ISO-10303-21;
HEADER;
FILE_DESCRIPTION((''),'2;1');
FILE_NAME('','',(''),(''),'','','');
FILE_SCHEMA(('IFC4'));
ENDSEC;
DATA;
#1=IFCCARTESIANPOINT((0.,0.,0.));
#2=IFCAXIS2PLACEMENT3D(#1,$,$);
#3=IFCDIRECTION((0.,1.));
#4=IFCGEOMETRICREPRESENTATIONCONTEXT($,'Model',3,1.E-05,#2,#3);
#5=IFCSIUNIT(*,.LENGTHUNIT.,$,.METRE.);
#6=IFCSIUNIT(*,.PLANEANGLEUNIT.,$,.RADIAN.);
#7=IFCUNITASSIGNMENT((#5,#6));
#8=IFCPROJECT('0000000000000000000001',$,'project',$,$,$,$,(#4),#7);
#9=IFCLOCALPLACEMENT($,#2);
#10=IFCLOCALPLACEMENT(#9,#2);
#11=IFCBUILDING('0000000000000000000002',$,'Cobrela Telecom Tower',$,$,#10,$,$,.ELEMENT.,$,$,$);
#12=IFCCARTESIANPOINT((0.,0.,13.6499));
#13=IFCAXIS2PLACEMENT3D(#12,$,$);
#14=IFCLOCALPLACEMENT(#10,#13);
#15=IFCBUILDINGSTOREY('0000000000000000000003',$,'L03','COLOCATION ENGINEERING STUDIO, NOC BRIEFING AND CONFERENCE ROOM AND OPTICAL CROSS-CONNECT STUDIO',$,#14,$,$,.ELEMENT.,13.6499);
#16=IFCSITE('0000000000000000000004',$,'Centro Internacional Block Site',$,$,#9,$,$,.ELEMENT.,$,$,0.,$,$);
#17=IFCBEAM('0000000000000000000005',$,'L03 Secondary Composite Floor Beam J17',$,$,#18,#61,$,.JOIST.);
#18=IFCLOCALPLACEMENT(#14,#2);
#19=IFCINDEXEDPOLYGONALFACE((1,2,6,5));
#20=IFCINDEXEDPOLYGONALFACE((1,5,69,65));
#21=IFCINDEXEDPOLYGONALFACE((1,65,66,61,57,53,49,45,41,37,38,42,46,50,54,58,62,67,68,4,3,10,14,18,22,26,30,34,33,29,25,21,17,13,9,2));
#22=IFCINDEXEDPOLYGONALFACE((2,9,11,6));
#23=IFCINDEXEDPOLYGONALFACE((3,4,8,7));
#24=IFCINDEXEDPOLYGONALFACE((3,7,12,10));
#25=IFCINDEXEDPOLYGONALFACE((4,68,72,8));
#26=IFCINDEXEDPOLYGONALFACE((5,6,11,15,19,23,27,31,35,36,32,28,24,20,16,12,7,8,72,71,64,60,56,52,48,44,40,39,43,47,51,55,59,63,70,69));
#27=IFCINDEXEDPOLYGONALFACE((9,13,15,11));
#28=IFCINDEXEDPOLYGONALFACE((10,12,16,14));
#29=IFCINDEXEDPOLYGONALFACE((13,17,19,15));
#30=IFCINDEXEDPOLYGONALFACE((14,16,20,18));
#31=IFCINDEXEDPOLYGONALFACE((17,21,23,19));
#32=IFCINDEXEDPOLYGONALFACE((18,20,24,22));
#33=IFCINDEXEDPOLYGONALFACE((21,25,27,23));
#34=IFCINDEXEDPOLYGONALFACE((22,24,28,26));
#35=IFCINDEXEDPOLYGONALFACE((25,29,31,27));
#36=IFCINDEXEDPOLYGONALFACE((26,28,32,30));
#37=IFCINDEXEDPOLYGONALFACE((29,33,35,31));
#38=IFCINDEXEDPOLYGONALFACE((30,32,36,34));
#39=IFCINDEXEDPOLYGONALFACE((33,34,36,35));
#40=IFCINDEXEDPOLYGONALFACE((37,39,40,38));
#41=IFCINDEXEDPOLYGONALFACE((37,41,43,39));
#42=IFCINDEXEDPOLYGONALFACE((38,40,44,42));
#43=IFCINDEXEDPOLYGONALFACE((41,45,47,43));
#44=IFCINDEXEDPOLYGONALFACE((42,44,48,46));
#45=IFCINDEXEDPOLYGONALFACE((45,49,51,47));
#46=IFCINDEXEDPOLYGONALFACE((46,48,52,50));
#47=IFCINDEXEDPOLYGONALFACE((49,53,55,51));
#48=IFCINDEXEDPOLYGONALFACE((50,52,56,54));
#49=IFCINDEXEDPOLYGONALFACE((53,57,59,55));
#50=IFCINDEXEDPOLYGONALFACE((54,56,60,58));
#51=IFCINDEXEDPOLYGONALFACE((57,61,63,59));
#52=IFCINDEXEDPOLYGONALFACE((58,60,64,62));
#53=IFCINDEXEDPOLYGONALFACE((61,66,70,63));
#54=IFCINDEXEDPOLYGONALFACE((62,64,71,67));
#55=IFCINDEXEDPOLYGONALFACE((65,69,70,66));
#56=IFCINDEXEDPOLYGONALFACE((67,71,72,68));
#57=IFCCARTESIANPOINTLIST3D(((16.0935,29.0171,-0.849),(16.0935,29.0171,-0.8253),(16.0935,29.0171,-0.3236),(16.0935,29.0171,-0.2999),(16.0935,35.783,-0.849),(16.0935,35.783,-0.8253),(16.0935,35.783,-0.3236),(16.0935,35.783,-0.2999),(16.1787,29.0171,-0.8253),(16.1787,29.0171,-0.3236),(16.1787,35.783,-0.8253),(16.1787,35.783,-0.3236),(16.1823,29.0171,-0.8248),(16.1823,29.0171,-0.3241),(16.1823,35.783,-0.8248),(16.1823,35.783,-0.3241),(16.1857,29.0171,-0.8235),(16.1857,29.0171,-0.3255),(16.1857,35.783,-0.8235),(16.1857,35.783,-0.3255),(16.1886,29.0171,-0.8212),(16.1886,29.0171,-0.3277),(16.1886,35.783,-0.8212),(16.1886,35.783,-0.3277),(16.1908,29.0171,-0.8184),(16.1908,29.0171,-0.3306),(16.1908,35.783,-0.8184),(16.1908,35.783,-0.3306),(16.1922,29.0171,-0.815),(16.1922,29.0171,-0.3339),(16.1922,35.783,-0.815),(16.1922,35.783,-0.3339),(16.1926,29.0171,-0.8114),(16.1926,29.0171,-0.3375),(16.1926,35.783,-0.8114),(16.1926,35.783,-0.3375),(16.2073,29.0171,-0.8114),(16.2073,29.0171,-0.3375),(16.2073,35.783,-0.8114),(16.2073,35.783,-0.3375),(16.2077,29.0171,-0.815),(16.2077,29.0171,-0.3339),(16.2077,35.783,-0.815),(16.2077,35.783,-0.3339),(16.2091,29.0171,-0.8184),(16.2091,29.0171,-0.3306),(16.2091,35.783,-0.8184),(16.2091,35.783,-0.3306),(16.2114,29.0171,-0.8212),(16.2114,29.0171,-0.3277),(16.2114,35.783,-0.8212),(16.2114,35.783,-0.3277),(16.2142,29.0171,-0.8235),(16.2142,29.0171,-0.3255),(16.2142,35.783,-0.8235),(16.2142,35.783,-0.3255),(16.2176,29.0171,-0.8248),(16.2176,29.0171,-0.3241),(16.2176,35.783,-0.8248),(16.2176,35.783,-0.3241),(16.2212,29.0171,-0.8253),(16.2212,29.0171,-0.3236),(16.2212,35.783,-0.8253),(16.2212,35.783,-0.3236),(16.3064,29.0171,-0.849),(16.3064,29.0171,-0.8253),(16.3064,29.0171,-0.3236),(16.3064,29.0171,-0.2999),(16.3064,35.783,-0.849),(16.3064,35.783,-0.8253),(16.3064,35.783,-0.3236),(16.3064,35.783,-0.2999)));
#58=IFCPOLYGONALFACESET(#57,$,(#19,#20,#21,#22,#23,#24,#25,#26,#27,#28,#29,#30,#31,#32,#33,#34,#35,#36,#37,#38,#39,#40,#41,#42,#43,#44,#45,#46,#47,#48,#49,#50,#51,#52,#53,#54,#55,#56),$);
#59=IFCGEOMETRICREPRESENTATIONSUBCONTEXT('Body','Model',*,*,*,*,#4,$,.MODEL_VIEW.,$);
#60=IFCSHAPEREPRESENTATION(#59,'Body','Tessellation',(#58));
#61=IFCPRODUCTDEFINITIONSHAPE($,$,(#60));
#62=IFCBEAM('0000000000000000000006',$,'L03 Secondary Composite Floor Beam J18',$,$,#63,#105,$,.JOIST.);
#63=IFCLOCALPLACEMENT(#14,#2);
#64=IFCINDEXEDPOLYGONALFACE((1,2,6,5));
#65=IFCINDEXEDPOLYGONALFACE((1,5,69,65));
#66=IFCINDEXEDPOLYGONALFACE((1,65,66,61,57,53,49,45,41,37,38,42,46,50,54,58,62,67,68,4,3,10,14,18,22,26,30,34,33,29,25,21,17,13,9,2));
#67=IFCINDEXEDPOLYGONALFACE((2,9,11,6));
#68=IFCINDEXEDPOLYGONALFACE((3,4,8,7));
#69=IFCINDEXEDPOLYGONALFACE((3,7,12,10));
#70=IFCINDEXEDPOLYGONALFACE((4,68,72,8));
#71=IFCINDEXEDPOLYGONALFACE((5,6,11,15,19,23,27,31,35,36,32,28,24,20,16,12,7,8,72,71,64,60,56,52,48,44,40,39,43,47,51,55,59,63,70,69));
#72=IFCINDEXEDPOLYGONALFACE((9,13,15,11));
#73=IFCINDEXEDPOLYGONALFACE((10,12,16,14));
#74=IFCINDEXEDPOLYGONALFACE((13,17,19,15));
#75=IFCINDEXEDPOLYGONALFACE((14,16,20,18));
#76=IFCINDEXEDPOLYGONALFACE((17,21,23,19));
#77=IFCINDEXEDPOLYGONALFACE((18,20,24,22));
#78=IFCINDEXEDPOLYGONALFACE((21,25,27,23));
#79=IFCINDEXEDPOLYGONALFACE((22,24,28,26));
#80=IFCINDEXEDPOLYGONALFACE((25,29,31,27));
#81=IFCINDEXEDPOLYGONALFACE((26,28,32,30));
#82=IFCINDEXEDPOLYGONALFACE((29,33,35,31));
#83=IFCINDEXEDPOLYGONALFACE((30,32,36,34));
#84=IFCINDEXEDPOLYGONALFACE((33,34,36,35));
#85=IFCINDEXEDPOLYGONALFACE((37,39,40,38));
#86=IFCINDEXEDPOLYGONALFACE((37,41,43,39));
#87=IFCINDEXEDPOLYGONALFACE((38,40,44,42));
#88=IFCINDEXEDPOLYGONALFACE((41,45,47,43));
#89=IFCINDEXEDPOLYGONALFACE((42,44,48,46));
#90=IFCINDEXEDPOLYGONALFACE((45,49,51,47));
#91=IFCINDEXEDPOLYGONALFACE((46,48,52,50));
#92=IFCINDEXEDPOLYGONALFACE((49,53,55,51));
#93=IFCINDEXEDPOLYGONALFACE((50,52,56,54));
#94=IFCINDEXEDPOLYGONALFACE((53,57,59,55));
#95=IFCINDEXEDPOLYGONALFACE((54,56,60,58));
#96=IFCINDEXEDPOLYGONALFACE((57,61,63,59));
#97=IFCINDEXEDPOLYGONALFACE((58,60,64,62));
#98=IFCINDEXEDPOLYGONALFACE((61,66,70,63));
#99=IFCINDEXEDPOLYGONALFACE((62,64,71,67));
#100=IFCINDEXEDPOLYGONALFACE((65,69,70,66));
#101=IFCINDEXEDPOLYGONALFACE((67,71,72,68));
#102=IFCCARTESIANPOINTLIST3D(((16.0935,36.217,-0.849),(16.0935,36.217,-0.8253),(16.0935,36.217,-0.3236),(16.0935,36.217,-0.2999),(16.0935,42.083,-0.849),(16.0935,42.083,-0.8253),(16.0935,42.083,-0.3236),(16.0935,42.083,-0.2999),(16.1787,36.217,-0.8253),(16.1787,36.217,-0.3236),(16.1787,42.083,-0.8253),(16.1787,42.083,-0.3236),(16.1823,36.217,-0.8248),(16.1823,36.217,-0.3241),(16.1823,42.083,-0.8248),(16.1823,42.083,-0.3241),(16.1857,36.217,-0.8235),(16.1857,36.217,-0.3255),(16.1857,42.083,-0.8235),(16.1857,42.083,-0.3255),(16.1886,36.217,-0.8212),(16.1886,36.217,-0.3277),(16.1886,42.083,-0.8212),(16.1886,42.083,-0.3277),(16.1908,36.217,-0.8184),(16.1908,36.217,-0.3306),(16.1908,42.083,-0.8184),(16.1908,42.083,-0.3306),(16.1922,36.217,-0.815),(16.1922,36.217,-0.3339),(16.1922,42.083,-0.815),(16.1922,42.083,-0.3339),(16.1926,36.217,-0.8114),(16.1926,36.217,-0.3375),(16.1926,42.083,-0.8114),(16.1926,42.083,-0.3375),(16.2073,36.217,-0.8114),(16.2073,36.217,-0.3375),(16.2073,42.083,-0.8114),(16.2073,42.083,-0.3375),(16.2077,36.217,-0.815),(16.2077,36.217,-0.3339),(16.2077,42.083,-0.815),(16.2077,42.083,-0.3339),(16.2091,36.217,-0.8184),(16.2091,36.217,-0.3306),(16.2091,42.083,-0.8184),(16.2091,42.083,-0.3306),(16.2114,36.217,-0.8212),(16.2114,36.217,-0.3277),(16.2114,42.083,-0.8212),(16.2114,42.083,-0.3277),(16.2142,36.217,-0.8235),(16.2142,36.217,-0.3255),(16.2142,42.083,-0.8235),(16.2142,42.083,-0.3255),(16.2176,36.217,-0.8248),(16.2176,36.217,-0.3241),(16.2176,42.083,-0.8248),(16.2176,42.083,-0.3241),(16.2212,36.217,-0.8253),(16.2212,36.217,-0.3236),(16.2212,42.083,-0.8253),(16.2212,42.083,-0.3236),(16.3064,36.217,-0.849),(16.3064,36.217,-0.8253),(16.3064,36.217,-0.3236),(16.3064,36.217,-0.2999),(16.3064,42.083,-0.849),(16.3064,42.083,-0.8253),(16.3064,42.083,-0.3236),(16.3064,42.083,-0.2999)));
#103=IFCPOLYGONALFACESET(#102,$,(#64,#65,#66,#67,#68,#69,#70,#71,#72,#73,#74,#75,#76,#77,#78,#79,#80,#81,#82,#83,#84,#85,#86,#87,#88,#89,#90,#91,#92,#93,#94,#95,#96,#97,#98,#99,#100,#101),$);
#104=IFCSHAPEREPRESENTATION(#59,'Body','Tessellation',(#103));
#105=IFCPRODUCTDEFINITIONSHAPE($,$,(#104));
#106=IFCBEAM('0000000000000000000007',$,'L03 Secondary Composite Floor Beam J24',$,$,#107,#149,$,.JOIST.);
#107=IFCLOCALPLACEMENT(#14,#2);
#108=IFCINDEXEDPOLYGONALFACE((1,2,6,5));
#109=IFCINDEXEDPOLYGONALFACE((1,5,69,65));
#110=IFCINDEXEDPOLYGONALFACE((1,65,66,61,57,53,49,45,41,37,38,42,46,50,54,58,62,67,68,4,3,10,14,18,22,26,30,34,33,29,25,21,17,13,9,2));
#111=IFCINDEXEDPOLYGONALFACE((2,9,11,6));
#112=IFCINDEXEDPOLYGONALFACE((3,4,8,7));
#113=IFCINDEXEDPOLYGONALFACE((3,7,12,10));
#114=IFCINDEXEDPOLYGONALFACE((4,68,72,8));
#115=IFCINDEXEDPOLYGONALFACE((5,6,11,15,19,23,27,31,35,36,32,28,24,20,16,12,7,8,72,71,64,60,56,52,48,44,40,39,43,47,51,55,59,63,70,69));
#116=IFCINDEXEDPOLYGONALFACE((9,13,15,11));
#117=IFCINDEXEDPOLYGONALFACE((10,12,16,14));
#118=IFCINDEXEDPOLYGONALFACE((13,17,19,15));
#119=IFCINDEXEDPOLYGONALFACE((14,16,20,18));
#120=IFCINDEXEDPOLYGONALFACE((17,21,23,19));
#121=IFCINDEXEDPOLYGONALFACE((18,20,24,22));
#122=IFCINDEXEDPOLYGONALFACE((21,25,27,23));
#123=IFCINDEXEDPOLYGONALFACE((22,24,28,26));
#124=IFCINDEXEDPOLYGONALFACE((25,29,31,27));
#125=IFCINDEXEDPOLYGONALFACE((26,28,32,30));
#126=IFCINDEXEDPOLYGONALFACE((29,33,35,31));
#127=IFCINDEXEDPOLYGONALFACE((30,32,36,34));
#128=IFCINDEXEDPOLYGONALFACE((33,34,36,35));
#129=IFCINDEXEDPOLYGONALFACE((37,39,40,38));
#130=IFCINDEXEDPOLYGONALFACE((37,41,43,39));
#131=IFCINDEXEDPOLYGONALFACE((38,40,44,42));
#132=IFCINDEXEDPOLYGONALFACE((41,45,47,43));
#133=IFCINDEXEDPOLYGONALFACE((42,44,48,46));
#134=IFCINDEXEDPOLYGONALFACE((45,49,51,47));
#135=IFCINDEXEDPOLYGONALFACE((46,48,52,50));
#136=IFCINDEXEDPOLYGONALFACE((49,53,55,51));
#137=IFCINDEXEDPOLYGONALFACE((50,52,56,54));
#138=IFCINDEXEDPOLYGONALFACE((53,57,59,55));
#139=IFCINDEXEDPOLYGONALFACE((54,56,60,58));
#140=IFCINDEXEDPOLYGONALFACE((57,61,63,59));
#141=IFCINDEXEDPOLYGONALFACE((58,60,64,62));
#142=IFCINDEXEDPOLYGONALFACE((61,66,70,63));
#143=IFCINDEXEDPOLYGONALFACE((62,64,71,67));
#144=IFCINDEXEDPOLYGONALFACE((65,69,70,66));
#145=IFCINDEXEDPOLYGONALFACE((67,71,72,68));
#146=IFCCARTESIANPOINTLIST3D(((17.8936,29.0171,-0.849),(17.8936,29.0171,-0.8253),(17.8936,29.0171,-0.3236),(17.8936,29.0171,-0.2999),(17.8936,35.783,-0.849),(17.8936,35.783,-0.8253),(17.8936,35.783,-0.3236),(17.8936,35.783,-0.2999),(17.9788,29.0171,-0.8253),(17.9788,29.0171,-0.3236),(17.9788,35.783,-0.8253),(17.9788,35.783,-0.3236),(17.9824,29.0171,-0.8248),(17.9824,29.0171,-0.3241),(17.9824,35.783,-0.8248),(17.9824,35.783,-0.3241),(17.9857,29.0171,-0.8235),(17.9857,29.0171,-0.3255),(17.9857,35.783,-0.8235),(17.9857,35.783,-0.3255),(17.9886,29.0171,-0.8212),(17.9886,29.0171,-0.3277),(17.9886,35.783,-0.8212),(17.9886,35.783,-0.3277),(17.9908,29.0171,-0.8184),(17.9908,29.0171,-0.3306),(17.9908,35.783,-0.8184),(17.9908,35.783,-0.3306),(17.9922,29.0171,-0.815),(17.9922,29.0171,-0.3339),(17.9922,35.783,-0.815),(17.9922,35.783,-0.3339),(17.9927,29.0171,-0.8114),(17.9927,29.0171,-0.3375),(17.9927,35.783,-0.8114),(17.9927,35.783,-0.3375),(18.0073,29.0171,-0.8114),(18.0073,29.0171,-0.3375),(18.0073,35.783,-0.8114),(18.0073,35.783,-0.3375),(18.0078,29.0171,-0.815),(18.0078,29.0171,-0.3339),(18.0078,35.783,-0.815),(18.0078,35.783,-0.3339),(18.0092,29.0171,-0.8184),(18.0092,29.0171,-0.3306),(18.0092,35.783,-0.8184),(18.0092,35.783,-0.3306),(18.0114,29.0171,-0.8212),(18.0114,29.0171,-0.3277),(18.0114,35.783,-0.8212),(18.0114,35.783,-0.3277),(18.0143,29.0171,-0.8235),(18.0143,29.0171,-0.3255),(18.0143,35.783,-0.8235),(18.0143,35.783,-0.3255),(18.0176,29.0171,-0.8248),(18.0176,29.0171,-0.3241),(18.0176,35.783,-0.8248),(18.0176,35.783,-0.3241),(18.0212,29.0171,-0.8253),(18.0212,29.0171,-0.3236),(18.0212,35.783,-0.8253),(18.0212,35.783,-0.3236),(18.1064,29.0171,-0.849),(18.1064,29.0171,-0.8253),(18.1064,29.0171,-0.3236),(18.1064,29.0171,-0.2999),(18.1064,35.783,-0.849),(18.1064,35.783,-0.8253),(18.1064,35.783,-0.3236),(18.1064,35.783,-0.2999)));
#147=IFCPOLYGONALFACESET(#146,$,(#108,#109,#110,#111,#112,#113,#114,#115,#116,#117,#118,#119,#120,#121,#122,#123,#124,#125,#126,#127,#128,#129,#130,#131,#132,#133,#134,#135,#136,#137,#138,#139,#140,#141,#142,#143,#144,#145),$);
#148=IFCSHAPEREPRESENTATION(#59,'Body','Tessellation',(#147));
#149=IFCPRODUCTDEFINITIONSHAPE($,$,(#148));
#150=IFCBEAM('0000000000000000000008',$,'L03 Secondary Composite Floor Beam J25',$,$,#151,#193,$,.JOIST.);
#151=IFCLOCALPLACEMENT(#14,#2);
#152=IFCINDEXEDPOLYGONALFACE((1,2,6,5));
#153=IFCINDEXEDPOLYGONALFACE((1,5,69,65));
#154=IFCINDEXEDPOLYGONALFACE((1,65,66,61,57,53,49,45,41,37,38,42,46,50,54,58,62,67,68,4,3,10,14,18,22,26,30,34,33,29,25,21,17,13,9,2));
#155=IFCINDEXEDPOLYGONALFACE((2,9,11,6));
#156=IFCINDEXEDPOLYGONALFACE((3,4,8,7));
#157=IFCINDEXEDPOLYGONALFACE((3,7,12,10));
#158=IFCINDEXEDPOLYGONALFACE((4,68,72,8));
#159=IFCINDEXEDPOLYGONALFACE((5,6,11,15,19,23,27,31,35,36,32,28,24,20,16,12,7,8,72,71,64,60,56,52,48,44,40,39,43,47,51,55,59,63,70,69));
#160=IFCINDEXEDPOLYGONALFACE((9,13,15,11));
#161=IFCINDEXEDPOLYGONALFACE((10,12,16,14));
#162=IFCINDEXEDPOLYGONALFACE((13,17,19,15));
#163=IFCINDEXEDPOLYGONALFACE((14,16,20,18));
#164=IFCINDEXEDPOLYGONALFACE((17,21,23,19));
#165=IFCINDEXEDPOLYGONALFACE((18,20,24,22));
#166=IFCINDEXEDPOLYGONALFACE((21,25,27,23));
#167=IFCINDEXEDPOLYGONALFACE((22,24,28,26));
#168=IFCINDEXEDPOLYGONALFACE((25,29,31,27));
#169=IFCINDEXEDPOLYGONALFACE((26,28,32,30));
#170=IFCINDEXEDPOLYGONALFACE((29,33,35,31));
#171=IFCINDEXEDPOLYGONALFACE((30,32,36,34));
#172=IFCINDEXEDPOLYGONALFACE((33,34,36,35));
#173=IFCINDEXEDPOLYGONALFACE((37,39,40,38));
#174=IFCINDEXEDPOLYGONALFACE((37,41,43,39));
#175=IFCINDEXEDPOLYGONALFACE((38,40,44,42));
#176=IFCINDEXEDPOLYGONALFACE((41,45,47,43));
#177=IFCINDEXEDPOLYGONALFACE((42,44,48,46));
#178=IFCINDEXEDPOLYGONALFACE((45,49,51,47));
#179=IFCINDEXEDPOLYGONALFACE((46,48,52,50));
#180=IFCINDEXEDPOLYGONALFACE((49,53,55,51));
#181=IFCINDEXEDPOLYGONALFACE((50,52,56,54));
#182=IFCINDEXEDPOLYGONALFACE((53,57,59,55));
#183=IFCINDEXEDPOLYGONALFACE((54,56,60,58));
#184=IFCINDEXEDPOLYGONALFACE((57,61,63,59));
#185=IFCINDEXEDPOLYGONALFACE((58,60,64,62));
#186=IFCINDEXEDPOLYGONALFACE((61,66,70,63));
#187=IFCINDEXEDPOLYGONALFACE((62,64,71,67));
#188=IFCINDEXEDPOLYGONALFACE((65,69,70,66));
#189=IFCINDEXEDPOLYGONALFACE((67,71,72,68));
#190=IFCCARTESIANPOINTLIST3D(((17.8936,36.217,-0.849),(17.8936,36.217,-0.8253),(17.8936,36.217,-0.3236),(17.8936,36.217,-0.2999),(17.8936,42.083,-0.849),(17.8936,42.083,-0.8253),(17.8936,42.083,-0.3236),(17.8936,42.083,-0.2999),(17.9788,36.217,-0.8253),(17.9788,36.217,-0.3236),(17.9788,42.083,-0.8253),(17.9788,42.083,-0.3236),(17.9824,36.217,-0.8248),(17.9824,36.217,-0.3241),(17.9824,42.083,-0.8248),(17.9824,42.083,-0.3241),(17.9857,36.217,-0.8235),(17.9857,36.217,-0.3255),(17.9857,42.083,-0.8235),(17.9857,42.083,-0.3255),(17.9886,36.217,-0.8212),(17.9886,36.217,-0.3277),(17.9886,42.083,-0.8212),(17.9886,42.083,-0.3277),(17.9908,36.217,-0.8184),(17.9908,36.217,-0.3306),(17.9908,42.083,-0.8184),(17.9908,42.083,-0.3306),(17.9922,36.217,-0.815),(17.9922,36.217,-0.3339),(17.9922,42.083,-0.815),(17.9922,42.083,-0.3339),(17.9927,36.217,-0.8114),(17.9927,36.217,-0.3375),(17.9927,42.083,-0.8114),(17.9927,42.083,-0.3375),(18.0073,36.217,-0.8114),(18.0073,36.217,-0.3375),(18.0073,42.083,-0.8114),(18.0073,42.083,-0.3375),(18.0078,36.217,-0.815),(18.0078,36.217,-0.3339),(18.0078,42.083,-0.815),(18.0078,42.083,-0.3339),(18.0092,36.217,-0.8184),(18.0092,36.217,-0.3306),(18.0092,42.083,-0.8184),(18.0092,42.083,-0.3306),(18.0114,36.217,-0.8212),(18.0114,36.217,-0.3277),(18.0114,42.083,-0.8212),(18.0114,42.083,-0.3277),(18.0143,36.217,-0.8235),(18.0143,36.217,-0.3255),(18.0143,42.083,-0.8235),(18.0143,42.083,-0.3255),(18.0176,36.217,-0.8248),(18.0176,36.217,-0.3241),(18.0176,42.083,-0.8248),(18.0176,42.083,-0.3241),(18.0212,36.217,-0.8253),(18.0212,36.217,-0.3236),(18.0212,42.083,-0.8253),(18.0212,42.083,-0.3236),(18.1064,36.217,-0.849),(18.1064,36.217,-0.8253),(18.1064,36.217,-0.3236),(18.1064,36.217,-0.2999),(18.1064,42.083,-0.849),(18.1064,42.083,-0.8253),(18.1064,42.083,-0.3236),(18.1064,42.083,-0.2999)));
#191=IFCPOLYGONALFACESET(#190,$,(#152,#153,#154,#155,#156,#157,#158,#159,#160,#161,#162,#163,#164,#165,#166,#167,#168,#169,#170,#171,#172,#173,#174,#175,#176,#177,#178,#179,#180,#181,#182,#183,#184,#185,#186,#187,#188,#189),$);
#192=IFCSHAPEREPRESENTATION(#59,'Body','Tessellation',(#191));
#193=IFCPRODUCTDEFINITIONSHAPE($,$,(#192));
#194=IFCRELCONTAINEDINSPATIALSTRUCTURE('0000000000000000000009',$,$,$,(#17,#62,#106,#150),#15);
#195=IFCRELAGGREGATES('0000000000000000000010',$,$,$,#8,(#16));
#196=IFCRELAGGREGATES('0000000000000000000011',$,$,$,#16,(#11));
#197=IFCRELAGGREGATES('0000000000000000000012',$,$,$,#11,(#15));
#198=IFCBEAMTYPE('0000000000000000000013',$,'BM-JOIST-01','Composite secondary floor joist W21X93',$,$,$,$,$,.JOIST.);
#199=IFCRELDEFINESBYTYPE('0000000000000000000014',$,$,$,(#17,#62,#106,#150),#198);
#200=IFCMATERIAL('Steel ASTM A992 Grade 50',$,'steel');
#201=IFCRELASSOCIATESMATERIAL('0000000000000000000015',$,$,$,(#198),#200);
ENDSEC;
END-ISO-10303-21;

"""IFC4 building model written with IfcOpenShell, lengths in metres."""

from ifc_helpers import new_model, si_unit, direction, frame, origin, origin_2d, place, context, subcontext, project, spatial, i_section, extrude, material, material_profile, profile_set, type_object, element, save


model = new_model("IFC4")

# Units and contexts
model_context = context("Model", 3, precision=1e-05, world=origin(), true_north=direction((0.0, 1.0)))
body_context = subcontext(model_context, "Body", "Model", "MODEL_VIEW")
ifc_project = project(units=[si_unit("LENGTHUNIT", "METRE"), si_unit("PLANEANGLEUNIT", "RADIAN")], contexts=[model_context])

# Site, building, storey
site_placement = place(None, origin())
site = spatial("IfcSite", under=ifc_project, at=site_placement, Name="Centro Internacional Block Site", CompositionType="ELEMENT", RefElevation=0.0)
building_placement = place(site_placement, origin())
building = spatial("IfcBuilding", under=site, at=building_placement, Name="Cobrela Telecom Tower", CompositionType="ELEMENT")
storey_placement = place(building_placement, frame((0.0, 0.0, 13.6499)))
storey = spatial("IfcBuildingStorey", under=building, at=storey_placement, Name="L03", Description="COLOCATION ENGINEERING STUDIO, NOC BRIEFING AND CONFERENCE ROOM AND OPTICAL CROSS-CONNECT STUDIO", CompositionType="ELEMENT", Elevation=13.6499)

# Beams
ifc_material_1 = material(Name="Steel ASTM A992 Grade 50", Category="steel")
ifc_material_profile_1 = material_profile(ifc_material_1, i_section(OverallWidth=0.2129, OverallDepth=0.5491, WebThickness=0.0146, FlangeThickness=0.0237, FilletRadius=0.0139, at=origin_2d()), Name="W21X93")
ifc_profile_set_1 = profile_set([ifc_material_profile_1], Name="Steel ASTM A992 Grade 50")
beam_type_1 = type_object("IfcBeamType", Name="BM-JOIST-01", Description="Composite secondary floor joist W21X93", PredefinedType="JOIST", material=ifc_profile_set_1)
beam_1_placement = place(storey_placement, frame((16.2, 29.0171, -0.5745), z_axis=(0.0, 1.0, 0.0), x_axis=(-1.0, 0.0, 0.0)))
element("IfcBeam", 1, at=beam_1_placement, inside=storey, type_object=beam_type_1, Name="L03 Secondary Composite Floor Beam J17", PredefinedType="JOIST", context=body_context, shape_type="SweptSolid", body=[
    extrude(i_section(OverallWidth=0.2129, OverallDepth=0.5491, WebThickness=0.0146, FlangeThickness=0.0237, FilletRadius=0.0139, at=origin_2d()), origin(), (0.0, 0.0, 1.0), 6.7659),
])
beam_2_placement = place(storey_placement, frame((16.2, 36.217, -0.5745), z_axis=(0.0, 1.0, 0.0), x_axis=(-1.0, 0.0, 0.0)))
element("IfcBeam", 2, at=beam_2_placement, inside=storey, type_object=beam_type_1, Name="L03 Secondary Composite Floor Beam J18", PredefinedType="JOIST", context=body_context, shape_type="SweptSolid", body=[
    extrude(i_section(OverallWidth=0.2129, OverallDepth=0.5491, WebThickness=0.0146, FlangeThickness=0.0237, FilletRadius=0.0139, at=origin_2d()), origin(), (0.0, 0.0, 1.0), 5.866),
])
beam_3_placement = place(storey_placement, frame((18.0, 29.0171, -0.5745), z_axis=(0.0, 1.0, 0.0), x_axis=(-1.0, 0.0, 0.0)))
element("IfcBeam", 3, at=beam_3_placement, inside=storey, type_object=beam_type_1, Name="L03 Secondary Composite Floor Beam J24", PredefinedType="JOIST", context=body_context, shape_type="SweptSolid", body=[
    extrude(i_section(OverallWidth=0.2129, OverallDepth=0.5491, WebThickness=0.0146, FlangeThickness=0.0237, FilletRadius=0.0139, at=origin_2d()), origin(), (0.0, 0.0, 1.0), 6.7659),
])
beam_4_placement = place(storey_placement, frame((18.0, 36.217, -0.5745), z_axis=(0.0, 1.0, 0.0), x_axis=(-1.0, 0.0, 0.0)))
element("IfcBeam", 4, at=beam_4_placement, inside=storey, type_object=beam_type_1, Name="L03 Secondary Composite Floor Beam J25", PredefinedType="JOIST", context=body_context, shape_type="SweptSolid", body=[
    extrude(i_section(OverallWidth=0.2129, OverallDepth=0.5491, WebThickness=0.0146, FlangeThickness=0.0237, FilletRadius=0.0139, at=origin_2d()), origin(), (0.0, 0.0, 1.0), 5.866),
])

save(model, "model.ifc")
